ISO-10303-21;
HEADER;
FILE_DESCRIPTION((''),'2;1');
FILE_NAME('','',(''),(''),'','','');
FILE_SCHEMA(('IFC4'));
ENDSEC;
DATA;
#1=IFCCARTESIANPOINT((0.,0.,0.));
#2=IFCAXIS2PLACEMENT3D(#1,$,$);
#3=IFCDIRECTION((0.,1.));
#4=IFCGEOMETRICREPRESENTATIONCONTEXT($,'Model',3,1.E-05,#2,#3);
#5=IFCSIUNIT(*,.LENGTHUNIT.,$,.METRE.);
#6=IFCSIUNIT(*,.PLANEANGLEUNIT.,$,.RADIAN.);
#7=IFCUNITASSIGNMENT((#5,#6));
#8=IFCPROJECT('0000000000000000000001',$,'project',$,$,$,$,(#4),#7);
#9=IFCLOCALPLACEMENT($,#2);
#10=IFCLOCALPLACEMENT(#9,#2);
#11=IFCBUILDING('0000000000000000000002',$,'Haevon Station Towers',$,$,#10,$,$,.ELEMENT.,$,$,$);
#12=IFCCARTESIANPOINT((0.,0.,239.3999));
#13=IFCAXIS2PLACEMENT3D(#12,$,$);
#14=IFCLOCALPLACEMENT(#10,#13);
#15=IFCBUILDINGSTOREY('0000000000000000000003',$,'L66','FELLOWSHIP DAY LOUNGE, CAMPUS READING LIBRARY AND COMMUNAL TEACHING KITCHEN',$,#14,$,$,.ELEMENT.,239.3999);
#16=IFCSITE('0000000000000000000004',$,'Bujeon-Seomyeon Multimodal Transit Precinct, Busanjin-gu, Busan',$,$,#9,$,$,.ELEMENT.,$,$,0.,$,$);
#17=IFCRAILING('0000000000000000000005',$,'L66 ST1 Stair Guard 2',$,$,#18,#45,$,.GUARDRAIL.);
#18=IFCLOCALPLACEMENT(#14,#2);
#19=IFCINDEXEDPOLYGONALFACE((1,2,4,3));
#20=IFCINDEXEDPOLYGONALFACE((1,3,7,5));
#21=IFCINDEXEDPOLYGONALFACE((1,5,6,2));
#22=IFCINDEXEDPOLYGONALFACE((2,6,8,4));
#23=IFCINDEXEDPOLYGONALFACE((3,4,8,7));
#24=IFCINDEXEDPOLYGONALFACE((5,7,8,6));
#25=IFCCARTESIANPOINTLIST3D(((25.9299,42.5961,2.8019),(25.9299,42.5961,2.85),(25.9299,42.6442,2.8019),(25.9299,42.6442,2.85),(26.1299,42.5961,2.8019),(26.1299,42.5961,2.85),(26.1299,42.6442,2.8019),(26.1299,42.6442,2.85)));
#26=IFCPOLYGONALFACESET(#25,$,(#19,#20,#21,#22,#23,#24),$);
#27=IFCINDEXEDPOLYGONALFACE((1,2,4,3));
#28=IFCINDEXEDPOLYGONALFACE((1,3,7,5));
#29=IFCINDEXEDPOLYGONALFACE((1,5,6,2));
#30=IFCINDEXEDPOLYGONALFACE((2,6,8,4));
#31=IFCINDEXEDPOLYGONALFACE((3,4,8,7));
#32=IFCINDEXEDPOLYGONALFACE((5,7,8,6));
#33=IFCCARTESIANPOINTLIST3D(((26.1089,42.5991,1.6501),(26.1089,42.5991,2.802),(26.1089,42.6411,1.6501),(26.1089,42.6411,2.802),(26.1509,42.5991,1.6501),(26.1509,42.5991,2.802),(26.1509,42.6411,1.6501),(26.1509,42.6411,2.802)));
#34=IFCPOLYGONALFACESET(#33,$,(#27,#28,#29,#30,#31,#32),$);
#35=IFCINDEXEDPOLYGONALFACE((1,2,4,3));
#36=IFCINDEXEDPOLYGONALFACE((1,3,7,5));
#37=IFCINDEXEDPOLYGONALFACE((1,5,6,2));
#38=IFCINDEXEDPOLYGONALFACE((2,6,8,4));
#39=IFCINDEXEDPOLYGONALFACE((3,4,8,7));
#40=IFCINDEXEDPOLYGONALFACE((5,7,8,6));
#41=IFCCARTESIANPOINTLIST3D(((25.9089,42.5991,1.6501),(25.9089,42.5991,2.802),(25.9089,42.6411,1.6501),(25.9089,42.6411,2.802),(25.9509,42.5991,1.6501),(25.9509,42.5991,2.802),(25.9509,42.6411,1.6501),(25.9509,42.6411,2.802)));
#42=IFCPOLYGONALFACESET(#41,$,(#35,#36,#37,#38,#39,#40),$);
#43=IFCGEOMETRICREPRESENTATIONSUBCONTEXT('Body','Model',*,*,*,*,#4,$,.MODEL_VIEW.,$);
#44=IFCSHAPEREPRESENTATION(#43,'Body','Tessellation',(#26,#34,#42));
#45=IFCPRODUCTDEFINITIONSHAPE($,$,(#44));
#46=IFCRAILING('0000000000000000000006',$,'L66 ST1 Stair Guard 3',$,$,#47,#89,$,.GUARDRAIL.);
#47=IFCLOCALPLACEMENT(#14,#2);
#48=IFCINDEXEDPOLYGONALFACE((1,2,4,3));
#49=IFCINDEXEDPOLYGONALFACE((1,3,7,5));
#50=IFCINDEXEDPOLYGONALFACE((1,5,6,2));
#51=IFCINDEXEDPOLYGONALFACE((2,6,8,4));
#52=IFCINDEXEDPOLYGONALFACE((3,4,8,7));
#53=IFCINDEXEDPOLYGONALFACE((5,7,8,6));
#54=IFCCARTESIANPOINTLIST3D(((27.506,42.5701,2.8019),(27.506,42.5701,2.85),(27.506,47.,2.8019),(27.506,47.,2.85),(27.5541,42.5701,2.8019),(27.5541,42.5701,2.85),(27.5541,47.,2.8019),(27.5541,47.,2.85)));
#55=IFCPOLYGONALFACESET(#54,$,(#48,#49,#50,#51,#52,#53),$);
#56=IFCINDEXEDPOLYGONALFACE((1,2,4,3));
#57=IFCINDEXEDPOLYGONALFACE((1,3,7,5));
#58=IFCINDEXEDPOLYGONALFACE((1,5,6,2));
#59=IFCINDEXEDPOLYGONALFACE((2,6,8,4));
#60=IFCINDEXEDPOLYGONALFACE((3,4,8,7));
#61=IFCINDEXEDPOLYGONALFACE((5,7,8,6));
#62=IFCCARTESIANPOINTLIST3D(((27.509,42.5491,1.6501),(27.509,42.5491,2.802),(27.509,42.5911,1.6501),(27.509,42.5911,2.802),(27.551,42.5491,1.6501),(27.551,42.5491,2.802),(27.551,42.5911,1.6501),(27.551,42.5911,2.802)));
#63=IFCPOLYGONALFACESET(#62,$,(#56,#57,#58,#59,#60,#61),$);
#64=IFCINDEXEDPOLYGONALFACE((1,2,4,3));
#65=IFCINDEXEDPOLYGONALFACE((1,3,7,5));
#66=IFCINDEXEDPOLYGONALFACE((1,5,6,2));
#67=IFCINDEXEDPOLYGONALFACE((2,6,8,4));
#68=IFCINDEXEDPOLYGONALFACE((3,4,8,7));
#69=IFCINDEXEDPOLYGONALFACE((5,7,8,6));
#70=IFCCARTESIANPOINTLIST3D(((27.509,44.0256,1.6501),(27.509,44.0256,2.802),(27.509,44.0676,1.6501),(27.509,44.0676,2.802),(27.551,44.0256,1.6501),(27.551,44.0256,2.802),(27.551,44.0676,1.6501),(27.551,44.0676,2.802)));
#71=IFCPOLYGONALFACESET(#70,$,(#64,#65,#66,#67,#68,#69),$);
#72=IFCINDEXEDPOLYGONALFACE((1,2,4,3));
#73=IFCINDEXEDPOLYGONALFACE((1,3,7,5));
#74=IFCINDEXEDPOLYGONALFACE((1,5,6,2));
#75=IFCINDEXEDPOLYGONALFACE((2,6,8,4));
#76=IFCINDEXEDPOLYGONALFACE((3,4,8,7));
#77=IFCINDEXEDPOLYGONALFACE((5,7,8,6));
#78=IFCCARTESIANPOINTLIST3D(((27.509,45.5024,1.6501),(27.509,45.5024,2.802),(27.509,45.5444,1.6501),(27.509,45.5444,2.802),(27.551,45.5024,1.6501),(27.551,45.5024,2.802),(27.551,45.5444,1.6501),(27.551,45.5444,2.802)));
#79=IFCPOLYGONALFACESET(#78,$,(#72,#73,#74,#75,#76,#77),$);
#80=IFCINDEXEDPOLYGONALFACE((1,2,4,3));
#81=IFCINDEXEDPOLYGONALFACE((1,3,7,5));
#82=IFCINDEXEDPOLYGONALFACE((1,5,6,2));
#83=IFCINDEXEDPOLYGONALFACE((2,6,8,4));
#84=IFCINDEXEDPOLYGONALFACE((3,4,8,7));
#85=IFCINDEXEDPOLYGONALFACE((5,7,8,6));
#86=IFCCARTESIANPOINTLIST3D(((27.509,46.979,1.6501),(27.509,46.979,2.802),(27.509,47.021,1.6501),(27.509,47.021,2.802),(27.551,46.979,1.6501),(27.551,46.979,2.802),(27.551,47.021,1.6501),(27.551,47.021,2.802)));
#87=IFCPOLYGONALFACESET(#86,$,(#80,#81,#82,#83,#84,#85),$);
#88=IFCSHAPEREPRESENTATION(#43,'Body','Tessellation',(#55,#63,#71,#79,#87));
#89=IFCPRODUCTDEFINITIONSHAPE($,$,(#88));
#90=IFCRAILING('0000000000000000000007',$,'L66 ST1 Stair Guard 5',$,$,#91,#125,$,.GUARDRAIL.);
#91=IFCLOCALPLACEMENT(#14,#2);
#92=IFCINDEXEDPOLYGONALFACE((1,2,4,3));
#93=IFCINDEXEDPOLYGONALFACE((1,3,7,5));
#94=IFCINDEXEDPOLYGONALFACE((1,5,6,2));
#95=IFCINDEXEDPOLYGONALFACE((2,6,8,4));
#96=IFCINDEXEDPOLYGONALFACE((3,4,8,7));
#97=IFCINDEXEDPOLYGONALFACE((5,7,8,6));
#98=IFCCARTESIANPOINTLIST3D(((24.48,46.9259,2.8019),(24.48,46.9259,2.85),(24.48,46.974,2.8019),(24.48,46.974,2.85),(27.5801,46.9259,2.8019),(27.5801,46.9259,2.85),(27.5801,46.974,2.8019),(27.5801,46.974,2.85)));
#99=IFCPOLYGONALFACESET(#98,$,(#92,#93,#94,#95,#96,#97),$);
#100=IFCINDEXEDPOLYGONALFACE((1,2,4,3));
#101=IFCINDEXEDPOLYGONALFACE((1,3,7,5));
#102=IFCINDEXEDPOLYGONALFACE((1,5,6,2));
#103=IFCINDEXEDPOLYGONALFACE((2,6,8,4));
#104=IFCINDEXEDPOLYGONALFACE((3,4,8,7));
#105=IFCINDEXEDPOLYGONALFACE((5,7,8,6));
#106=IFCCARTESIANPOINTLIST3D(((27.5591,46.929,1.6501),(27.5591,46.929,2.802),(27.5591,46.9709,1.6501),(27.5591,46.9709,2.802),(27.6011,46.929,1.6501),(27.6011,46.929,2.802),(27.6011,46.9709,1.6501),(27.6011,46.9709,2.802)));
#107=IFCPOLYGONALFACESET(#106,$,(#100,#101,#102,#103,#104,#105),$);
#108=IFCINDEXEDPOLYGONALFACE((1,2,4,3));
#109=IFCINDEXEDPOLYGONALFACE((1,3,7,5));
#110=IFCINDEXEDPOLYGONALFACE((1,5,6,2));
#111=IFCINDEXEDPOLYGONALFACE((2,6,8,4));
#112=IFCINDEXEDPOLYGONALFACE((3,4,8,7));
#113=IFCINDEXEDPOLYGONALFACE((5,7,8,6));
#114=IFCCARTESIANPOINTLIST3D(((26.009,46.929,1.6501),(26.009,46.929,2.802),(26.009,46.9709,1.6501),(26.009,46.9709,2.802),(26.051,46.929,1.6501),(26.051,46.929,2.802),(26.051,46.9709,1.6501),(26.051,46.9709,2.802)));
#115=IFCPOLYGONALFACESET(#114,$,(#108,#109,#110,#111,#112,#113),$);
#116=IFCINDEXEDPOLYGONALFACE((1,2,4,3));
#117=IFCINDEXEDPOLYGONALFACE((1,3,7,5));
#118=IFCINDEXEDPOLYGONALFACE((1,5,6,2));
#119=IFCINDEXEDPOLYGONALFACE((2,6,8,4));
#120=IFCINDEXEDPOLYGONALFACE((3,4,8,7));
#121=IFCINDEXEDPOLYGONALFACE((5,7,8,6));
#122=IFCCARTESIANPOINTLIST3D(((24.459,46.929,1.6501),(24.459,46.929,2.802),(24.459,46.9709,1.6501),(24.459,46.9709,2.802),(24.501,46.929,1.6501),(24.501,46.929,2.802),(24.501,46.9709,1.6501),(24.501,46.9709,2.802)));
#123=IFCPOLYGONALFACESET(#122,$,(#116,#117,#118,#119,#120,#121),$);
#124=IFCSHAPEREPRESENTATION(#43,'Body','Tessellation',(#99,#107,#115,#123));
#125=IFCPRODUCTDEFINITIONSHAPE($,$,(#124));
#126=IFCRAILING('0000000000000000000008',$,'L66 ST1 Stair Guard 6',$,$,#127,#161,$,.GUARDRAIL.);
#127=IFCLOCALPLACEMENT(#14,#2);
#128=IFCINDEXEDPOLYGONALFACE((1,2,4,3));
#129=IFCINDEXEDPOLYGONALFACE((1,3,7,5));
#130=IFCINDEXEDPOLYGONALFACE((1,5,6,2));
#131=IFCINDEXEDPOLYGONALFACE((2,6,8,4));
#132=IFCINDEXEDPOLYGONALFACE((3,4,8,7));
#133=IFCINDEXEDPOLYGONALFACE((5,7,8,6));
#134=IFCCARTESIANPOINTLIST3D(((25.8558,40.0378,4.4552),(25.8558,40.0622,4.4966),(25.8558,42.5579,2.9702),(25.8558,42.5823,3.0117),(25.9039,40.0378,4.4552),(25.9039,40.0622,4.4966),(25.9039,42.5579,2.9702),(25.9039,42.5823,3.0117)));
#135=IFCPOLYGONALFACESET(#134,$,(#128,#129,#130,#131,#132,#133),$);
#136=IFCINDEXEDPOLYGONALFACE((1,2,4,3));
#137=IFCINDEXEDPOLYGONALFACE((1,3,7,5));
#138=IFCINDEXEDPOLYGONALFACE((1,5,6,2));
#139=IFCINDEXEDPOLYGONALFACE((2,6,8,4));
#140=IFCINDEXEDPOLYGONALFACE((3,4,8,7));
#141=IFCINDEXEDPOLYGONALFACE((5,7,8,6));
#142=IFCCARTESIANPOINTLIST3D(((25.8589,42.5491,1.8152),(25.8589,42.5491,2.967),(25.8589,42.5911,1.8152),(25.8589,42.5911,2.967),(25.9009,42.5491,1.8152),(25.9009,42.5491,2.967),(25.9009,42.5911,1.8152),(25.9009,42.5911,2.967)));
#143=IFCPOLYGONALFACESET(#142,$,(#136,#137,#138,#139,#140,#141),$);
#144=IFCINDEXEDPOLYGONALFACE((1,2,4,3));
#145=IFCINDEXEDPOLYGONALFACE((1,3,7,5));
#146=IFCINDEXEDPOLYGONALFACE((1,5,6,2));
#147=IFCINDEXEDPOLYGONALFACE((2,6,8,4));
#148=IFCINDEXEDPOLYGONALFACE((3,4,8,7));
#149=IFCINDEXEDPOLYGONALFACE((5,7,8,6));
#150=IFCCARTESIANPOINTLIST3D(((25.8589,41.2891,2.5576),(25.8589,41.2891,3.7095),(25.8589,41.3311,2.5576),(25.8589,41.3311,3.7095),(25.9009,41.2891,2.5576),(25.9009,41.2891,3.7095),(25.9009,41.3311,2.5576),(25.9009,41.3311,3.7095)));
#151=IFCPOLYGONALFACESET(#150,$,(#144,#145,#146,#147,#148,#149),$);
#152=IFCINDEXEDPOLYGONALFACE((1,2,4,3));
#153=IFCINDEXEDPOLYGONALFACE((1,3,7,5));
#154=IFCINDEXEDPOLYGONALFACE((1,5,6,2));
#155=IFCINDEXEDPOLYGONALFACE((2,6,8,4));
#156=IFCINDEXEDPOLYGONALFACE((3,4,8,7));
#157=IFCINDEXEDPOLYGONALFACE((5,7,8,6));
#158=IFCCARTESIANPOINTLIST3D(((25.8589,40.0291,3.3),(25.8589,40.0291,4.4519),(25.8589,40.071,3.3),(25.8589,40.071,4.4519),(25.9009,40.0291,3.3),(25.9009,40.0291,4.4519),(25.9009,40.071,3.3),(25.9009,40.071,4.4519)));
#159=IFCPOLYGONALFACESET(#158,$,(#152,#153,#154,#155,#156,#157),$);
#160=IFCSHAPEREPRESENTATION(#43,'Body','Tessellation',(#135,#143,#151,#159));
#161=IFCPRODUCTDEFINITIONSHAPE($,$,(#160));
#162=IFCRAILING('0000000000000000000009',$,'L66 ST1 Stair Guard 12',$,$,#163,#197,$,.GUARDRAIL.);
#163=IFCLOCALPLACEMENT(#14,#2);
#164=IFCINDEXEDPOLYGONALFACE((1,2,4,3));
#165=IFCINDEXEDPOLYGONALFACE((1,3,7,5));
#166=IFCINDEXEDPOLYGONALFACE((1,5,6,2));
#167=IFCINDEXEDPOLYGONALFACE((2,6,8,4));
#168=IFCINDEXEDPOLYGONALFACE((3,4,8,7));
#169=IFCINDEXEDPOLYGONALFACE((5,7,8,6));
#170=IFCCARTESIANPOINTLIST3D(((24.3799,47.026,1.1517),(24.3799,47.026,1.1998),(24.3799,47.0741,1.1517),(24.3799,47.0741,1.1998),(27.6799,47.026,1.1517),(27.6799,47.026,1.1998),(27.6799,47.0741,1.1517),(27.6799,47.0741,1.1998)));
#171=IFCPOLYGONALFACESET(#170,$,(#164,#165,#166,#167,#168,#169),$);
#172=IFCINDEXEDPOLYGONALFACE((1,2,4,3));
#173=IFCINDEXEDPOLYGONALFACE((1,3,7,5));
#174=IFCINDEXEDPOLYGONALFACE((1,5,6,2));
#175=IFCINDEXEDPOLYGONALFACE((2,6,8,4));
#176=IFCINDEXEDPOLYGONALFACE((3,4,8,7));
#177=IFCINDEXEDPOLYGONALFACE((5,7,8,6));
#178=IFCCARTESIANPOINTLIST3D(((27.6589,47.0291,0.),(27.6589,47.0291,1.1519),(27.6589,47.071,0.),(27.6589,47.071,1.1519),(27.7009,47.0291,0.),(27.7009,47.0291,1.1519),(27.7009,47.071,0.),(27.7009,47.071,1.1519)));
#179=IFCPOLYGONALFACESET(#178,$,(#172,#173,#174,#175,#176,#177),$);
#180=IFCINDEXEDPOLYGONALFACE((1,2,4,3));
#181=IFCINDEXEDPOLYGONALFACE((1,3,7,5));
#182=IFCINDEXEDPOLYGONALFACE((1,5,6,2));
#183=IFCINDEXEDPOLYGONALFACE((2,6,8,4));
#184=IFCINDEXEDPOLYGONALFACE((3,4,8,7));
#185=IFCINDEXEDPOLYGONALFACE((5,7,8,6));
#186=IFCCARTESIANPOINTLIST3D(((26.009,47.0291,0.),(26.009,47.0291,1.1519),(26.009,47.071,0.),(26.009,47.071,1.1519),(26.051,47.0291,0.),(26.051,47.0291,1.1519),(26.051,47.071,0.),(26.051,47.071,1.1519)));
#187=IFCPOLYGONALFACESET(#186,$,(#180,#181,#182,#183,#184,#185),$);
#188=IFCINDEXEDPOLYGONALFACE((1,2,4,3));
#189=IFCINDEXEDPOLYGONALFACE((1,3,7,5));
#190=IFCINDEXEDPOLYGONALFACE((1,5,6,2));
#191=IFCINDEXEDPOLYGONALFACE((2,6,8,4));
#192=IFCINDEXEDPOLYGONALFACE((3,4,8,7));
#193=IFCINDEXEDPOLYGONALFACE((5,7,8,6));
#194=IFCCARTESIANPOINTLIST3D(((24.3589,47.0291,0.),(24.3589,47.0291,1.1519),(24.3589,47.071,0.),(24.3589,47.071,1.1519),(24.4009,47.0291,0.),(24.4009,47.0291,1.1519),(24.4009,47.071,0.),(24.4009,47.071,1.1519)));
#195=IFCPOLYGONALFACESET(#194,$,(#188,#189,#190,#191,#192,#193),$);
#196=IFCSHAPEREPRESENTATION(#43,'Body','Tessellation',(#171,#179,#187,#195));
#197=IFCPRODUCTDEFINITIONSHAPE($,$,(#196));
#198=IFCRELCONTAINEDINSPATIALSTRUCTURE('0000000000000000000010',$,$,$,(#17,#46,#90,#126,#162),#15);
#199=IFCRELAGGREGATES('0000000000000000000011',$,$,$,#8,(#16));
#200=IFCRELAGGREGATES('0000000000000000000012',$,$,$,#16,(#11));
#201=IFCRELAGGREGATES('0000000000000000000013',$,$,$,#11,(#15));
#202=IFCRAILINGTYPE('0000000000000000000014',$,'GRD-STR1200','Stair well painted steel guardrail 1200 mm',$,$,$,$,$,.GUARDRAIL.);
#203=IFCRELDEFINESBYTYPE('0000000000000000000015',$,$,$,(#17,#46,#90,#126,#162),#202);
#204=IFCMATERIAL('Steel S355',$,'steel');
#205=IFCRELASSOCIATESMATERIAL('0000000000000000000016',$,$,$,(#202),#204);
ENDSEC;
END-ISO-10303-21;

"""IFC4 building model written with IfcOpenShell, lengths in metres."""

from ifc_helpers import new_model, si_unit, direction, frame, origin, origin_2d, place, context, subcontext, project, spatial, rectangle, extrude, material, type_object, element, save


model = new_model("IFC4")

# Units and contexts
model_context = context("Model", 3, precision=1e-05, world=origin(), true_north=direction((0.0, 1.0)))
body_context = subcontext(model_context, "Body", "Model", "MODEL_VIEW")
ifc_project = project(units=[si_unit("LENGTHUNIT", "METRE"), si_unit("PLANEANGLEUNIT", "RADIAN")], contexts=[model_context])

# Site, building, storey
site_placement = place(None, origin())
site = spatial("IfcSite", under=ifc_project, at=site_placement, Name="Bujeon-Seomyeon Multimodal Transit Precinct, Busanjin-gu, Busan", CompositionType="ELEMENT", RefElevation=0.0)
building_placement = place(site_placement, origin())
building = spatial("IfcBuilding", under=site, at=building_placement, Name="Haevon Station Towers", CompositionType="ELEMENT")
storey_placement = place(building_placement, frame((0.0, 0.0, 239.3999)))
storey = spatial("IfcBuildingStorey", under=building, at=storey_placement, Name="L66", Description="FELLOWSHIP DAY LOUNGE, CAMPUS READING LIBRARY AND COMMUNAL TEACHING KITCHEN", CompositionType="ELEMENT", Elevation=239.3999)

# Shared definitions
ifc_material_1 = material(Name="Steel S355", Category="steel")

# Railings
railing_type = type_object("IfcRailingType", Name="GRD-STR1200", Description="Stair well painted steel guardrail 1200 mm", PredefinedType="GUARDRAIL", material=ifc_material_1)
railing_1_placement = place(storey_placement, frame((26.1299, 42.6201, 1.6501)))
element("IfcRailing", 1, at=railing_1_placement, inside=storey, type_object=railing_type, Name="L66 ST1 Stair Guard 2", PredefinedType="GUARDRAIL", context=body_context, shape_type="SweptSolid", body=[
    extrude(rectangle(XDim=0.0481, YDim=0.0481, at=origin_2d()), frame((0.0, 0.0, 1.1758), z_axis=(-1.0, 0.0, 0.0), x_axis=(0.0, -1.0, 0.0)), (0.0, 0.0, 1.0), 0.2),
    extrude(rectangle(XDim=0.042, YDim=0.042, at=origin_2d()), origin(), (0.0, 0.0, 1.0), 1.1519),
    extrude(rectangle(XDim=0.042, YDim=0.042, at=origin_2d()), frame((-0.2, 0.0, 0.0)), (0.0, 0.0, 1.0), 1.1519),
])
railing_2_placement = place(storey_placement, frame((27.53, 42.5701, 1.6501)))
element("IfcRailing", 2, at=railing_2_placement, inside=storey, type_object=railing_type, Name="L66 ST1 Stair Guard 3", PredefinedType="GUARDRAIL", context=body_context, shape_type="SweptSolid", body=[
    extrude(rectangle(XDim=0.0481, YDim=0.0481, at=origin_2d()), frame((0.0, 0.0, 1.1758), z_axis=(0.0, 1.0, 0.0), x_axis=(-1.0, 0.0, 0.0)), (0.0, 0.0, 1.0), 4.4299),
    extrude(rectangle(XDim=0.042, YDim=0.042, at=origin_2d()), origin(), (0.0, 0.0, 1.0), 1.1519),
    extrude(rectangle(XDim=0.042, YDim=0.042, at=origin_2d()), frame((0.0, 1.4766, 0.0)), (0.0, 0.0, 1.0), 1.1519),
    extrude(rectangle(XDim=0.042, YDim=0.042, at=origin_2d()), frame((0.0, 2.9534, 0.0)), (0.0, 0.0, 1.0), 1.1519),
    extrude(rectangle(XDim=0.042, YDim=0.042, at=origin_2d()), frame((0.0, 4.4299, 0.0)), (0.0, 0.0, 1.0), 1.1519),
])
railing_3_placement = place(storey_placement, frame((27.5801, 46.95, 1.6501)))
element("IfcRailing", 3, at=railing_3_placement, inside=storey, type_object=railing_type, Name="L66 ST1 Stair Guard 5", PredefinedType="GUARDRAIL", context=body_context, shape_type="SweptSolid", body=[
    extrude(rectangle(XDim=0.0481, YDim=0.0481, at=origin_2d()), frame((0.0, 0.0, 1.1758), z_axis=(-1.0, 0.0, 0.0), x_axis=(0.0, -1.0, 0.0)), (0.0, 0.0, 1.0), 3.1001),
    extrude(rectangle(XDim=0.042, YDim=0.042, at=origin_2d()), origin(), (0.0, 0.0, 1.0), 1.1519),
    extrude(rectangle(XDim=0.042, YDim=0.042, at=origin_2d()), frame((-1.55, 0.0, 0.0)), (0.0, 0.0, 1.0), 1.1519),
    extrude(rectangle(XDim=0.042, YDim=0.042, at=origin_2d()), frame((-3.1001, 0.0, 0.0)), (0.0, 0.0, 1.0), 1.1519),
])
railing_4_placement = place(storey_placement, frame((25.8799, 42.5701, 1.8152)))
element("IfcRailing", 4, at=railing_4_placement, inside=storey, type_object=railing_type, Name="L66 ST1 Stair Guard 6", PredefinedType="GUARDRAIL", context=body_context, shape_type="SweptSolid", body=[
    extrude(rectangle(XDim=0.0481, YDim=0.0481, at=origin_2d()), frame((0.0, 0.0, 1.1758), z_axis=(0.0, -0.861561, 0.507655), x_axis=(1.0, 0.0, 0.0)), (0.0, 0.0, 1.0), 2.925),
    extrude(rectangle(XDim=0.042, YDim=0.042, at=origin_2d()), origin(), (0.0, 0.0, 1.0), 1.1519),
    extrude(rectangle(XDim=0.042, YDim=0.042, at=origin_2d()), frame((0.0, -1.26, 0.7424)), (0.0, 0.0, 1.0), 1.1519),
    extrude(rectangle(XDim=0.042, YDim=0.042, at=origin_2d()), frame((0.0, -2.52, 1.4849)), (0.0, 0.0, 1.0), 1.1519),
])
railing_5_placement = place(storey_placement, frame((27.6799, 47.05, 0.0)))
element("IfcRailing", 5, at=railing_5_placement, inside=storey, type_object=railing_type, Name="L66 ST1 Stair Guard 12", PredefinedType="GUARDRAIL", context=body_context, shape_type="SweptSolid", body=[
    extrude(rectangle(XDim=0.0481, YDim=0.0481, at=origin_2d()), frame((0.0, 0.0, 1.1758), z_axis=(-1.0, 0.0, 0.0), x_axis=(0.0, -1.0, 0.0)), (0.0, 0.0, 1.0), 3.3),
    extrude(rectangle(XDim=0.042, YDim=0.042, at=origin_2d()), origin(), (0.0, 0.0, 1.0), 1.1519),
    extrude(rectangle(XDim=0.042, YDim=0.042, at=origin_2d()), frame((-1.6499, 0.0, 0.0)), (0.0, 0.0, 1.0), 1.1519),
    extrude(rectangle(XDim=0.042, YDim=0.042, at=origin_2d()), frame((-3.3, 0.0, 0.0)), (0.0, 0.0, 1.0), 1.1519),
])

save(model, "model.ifc")
